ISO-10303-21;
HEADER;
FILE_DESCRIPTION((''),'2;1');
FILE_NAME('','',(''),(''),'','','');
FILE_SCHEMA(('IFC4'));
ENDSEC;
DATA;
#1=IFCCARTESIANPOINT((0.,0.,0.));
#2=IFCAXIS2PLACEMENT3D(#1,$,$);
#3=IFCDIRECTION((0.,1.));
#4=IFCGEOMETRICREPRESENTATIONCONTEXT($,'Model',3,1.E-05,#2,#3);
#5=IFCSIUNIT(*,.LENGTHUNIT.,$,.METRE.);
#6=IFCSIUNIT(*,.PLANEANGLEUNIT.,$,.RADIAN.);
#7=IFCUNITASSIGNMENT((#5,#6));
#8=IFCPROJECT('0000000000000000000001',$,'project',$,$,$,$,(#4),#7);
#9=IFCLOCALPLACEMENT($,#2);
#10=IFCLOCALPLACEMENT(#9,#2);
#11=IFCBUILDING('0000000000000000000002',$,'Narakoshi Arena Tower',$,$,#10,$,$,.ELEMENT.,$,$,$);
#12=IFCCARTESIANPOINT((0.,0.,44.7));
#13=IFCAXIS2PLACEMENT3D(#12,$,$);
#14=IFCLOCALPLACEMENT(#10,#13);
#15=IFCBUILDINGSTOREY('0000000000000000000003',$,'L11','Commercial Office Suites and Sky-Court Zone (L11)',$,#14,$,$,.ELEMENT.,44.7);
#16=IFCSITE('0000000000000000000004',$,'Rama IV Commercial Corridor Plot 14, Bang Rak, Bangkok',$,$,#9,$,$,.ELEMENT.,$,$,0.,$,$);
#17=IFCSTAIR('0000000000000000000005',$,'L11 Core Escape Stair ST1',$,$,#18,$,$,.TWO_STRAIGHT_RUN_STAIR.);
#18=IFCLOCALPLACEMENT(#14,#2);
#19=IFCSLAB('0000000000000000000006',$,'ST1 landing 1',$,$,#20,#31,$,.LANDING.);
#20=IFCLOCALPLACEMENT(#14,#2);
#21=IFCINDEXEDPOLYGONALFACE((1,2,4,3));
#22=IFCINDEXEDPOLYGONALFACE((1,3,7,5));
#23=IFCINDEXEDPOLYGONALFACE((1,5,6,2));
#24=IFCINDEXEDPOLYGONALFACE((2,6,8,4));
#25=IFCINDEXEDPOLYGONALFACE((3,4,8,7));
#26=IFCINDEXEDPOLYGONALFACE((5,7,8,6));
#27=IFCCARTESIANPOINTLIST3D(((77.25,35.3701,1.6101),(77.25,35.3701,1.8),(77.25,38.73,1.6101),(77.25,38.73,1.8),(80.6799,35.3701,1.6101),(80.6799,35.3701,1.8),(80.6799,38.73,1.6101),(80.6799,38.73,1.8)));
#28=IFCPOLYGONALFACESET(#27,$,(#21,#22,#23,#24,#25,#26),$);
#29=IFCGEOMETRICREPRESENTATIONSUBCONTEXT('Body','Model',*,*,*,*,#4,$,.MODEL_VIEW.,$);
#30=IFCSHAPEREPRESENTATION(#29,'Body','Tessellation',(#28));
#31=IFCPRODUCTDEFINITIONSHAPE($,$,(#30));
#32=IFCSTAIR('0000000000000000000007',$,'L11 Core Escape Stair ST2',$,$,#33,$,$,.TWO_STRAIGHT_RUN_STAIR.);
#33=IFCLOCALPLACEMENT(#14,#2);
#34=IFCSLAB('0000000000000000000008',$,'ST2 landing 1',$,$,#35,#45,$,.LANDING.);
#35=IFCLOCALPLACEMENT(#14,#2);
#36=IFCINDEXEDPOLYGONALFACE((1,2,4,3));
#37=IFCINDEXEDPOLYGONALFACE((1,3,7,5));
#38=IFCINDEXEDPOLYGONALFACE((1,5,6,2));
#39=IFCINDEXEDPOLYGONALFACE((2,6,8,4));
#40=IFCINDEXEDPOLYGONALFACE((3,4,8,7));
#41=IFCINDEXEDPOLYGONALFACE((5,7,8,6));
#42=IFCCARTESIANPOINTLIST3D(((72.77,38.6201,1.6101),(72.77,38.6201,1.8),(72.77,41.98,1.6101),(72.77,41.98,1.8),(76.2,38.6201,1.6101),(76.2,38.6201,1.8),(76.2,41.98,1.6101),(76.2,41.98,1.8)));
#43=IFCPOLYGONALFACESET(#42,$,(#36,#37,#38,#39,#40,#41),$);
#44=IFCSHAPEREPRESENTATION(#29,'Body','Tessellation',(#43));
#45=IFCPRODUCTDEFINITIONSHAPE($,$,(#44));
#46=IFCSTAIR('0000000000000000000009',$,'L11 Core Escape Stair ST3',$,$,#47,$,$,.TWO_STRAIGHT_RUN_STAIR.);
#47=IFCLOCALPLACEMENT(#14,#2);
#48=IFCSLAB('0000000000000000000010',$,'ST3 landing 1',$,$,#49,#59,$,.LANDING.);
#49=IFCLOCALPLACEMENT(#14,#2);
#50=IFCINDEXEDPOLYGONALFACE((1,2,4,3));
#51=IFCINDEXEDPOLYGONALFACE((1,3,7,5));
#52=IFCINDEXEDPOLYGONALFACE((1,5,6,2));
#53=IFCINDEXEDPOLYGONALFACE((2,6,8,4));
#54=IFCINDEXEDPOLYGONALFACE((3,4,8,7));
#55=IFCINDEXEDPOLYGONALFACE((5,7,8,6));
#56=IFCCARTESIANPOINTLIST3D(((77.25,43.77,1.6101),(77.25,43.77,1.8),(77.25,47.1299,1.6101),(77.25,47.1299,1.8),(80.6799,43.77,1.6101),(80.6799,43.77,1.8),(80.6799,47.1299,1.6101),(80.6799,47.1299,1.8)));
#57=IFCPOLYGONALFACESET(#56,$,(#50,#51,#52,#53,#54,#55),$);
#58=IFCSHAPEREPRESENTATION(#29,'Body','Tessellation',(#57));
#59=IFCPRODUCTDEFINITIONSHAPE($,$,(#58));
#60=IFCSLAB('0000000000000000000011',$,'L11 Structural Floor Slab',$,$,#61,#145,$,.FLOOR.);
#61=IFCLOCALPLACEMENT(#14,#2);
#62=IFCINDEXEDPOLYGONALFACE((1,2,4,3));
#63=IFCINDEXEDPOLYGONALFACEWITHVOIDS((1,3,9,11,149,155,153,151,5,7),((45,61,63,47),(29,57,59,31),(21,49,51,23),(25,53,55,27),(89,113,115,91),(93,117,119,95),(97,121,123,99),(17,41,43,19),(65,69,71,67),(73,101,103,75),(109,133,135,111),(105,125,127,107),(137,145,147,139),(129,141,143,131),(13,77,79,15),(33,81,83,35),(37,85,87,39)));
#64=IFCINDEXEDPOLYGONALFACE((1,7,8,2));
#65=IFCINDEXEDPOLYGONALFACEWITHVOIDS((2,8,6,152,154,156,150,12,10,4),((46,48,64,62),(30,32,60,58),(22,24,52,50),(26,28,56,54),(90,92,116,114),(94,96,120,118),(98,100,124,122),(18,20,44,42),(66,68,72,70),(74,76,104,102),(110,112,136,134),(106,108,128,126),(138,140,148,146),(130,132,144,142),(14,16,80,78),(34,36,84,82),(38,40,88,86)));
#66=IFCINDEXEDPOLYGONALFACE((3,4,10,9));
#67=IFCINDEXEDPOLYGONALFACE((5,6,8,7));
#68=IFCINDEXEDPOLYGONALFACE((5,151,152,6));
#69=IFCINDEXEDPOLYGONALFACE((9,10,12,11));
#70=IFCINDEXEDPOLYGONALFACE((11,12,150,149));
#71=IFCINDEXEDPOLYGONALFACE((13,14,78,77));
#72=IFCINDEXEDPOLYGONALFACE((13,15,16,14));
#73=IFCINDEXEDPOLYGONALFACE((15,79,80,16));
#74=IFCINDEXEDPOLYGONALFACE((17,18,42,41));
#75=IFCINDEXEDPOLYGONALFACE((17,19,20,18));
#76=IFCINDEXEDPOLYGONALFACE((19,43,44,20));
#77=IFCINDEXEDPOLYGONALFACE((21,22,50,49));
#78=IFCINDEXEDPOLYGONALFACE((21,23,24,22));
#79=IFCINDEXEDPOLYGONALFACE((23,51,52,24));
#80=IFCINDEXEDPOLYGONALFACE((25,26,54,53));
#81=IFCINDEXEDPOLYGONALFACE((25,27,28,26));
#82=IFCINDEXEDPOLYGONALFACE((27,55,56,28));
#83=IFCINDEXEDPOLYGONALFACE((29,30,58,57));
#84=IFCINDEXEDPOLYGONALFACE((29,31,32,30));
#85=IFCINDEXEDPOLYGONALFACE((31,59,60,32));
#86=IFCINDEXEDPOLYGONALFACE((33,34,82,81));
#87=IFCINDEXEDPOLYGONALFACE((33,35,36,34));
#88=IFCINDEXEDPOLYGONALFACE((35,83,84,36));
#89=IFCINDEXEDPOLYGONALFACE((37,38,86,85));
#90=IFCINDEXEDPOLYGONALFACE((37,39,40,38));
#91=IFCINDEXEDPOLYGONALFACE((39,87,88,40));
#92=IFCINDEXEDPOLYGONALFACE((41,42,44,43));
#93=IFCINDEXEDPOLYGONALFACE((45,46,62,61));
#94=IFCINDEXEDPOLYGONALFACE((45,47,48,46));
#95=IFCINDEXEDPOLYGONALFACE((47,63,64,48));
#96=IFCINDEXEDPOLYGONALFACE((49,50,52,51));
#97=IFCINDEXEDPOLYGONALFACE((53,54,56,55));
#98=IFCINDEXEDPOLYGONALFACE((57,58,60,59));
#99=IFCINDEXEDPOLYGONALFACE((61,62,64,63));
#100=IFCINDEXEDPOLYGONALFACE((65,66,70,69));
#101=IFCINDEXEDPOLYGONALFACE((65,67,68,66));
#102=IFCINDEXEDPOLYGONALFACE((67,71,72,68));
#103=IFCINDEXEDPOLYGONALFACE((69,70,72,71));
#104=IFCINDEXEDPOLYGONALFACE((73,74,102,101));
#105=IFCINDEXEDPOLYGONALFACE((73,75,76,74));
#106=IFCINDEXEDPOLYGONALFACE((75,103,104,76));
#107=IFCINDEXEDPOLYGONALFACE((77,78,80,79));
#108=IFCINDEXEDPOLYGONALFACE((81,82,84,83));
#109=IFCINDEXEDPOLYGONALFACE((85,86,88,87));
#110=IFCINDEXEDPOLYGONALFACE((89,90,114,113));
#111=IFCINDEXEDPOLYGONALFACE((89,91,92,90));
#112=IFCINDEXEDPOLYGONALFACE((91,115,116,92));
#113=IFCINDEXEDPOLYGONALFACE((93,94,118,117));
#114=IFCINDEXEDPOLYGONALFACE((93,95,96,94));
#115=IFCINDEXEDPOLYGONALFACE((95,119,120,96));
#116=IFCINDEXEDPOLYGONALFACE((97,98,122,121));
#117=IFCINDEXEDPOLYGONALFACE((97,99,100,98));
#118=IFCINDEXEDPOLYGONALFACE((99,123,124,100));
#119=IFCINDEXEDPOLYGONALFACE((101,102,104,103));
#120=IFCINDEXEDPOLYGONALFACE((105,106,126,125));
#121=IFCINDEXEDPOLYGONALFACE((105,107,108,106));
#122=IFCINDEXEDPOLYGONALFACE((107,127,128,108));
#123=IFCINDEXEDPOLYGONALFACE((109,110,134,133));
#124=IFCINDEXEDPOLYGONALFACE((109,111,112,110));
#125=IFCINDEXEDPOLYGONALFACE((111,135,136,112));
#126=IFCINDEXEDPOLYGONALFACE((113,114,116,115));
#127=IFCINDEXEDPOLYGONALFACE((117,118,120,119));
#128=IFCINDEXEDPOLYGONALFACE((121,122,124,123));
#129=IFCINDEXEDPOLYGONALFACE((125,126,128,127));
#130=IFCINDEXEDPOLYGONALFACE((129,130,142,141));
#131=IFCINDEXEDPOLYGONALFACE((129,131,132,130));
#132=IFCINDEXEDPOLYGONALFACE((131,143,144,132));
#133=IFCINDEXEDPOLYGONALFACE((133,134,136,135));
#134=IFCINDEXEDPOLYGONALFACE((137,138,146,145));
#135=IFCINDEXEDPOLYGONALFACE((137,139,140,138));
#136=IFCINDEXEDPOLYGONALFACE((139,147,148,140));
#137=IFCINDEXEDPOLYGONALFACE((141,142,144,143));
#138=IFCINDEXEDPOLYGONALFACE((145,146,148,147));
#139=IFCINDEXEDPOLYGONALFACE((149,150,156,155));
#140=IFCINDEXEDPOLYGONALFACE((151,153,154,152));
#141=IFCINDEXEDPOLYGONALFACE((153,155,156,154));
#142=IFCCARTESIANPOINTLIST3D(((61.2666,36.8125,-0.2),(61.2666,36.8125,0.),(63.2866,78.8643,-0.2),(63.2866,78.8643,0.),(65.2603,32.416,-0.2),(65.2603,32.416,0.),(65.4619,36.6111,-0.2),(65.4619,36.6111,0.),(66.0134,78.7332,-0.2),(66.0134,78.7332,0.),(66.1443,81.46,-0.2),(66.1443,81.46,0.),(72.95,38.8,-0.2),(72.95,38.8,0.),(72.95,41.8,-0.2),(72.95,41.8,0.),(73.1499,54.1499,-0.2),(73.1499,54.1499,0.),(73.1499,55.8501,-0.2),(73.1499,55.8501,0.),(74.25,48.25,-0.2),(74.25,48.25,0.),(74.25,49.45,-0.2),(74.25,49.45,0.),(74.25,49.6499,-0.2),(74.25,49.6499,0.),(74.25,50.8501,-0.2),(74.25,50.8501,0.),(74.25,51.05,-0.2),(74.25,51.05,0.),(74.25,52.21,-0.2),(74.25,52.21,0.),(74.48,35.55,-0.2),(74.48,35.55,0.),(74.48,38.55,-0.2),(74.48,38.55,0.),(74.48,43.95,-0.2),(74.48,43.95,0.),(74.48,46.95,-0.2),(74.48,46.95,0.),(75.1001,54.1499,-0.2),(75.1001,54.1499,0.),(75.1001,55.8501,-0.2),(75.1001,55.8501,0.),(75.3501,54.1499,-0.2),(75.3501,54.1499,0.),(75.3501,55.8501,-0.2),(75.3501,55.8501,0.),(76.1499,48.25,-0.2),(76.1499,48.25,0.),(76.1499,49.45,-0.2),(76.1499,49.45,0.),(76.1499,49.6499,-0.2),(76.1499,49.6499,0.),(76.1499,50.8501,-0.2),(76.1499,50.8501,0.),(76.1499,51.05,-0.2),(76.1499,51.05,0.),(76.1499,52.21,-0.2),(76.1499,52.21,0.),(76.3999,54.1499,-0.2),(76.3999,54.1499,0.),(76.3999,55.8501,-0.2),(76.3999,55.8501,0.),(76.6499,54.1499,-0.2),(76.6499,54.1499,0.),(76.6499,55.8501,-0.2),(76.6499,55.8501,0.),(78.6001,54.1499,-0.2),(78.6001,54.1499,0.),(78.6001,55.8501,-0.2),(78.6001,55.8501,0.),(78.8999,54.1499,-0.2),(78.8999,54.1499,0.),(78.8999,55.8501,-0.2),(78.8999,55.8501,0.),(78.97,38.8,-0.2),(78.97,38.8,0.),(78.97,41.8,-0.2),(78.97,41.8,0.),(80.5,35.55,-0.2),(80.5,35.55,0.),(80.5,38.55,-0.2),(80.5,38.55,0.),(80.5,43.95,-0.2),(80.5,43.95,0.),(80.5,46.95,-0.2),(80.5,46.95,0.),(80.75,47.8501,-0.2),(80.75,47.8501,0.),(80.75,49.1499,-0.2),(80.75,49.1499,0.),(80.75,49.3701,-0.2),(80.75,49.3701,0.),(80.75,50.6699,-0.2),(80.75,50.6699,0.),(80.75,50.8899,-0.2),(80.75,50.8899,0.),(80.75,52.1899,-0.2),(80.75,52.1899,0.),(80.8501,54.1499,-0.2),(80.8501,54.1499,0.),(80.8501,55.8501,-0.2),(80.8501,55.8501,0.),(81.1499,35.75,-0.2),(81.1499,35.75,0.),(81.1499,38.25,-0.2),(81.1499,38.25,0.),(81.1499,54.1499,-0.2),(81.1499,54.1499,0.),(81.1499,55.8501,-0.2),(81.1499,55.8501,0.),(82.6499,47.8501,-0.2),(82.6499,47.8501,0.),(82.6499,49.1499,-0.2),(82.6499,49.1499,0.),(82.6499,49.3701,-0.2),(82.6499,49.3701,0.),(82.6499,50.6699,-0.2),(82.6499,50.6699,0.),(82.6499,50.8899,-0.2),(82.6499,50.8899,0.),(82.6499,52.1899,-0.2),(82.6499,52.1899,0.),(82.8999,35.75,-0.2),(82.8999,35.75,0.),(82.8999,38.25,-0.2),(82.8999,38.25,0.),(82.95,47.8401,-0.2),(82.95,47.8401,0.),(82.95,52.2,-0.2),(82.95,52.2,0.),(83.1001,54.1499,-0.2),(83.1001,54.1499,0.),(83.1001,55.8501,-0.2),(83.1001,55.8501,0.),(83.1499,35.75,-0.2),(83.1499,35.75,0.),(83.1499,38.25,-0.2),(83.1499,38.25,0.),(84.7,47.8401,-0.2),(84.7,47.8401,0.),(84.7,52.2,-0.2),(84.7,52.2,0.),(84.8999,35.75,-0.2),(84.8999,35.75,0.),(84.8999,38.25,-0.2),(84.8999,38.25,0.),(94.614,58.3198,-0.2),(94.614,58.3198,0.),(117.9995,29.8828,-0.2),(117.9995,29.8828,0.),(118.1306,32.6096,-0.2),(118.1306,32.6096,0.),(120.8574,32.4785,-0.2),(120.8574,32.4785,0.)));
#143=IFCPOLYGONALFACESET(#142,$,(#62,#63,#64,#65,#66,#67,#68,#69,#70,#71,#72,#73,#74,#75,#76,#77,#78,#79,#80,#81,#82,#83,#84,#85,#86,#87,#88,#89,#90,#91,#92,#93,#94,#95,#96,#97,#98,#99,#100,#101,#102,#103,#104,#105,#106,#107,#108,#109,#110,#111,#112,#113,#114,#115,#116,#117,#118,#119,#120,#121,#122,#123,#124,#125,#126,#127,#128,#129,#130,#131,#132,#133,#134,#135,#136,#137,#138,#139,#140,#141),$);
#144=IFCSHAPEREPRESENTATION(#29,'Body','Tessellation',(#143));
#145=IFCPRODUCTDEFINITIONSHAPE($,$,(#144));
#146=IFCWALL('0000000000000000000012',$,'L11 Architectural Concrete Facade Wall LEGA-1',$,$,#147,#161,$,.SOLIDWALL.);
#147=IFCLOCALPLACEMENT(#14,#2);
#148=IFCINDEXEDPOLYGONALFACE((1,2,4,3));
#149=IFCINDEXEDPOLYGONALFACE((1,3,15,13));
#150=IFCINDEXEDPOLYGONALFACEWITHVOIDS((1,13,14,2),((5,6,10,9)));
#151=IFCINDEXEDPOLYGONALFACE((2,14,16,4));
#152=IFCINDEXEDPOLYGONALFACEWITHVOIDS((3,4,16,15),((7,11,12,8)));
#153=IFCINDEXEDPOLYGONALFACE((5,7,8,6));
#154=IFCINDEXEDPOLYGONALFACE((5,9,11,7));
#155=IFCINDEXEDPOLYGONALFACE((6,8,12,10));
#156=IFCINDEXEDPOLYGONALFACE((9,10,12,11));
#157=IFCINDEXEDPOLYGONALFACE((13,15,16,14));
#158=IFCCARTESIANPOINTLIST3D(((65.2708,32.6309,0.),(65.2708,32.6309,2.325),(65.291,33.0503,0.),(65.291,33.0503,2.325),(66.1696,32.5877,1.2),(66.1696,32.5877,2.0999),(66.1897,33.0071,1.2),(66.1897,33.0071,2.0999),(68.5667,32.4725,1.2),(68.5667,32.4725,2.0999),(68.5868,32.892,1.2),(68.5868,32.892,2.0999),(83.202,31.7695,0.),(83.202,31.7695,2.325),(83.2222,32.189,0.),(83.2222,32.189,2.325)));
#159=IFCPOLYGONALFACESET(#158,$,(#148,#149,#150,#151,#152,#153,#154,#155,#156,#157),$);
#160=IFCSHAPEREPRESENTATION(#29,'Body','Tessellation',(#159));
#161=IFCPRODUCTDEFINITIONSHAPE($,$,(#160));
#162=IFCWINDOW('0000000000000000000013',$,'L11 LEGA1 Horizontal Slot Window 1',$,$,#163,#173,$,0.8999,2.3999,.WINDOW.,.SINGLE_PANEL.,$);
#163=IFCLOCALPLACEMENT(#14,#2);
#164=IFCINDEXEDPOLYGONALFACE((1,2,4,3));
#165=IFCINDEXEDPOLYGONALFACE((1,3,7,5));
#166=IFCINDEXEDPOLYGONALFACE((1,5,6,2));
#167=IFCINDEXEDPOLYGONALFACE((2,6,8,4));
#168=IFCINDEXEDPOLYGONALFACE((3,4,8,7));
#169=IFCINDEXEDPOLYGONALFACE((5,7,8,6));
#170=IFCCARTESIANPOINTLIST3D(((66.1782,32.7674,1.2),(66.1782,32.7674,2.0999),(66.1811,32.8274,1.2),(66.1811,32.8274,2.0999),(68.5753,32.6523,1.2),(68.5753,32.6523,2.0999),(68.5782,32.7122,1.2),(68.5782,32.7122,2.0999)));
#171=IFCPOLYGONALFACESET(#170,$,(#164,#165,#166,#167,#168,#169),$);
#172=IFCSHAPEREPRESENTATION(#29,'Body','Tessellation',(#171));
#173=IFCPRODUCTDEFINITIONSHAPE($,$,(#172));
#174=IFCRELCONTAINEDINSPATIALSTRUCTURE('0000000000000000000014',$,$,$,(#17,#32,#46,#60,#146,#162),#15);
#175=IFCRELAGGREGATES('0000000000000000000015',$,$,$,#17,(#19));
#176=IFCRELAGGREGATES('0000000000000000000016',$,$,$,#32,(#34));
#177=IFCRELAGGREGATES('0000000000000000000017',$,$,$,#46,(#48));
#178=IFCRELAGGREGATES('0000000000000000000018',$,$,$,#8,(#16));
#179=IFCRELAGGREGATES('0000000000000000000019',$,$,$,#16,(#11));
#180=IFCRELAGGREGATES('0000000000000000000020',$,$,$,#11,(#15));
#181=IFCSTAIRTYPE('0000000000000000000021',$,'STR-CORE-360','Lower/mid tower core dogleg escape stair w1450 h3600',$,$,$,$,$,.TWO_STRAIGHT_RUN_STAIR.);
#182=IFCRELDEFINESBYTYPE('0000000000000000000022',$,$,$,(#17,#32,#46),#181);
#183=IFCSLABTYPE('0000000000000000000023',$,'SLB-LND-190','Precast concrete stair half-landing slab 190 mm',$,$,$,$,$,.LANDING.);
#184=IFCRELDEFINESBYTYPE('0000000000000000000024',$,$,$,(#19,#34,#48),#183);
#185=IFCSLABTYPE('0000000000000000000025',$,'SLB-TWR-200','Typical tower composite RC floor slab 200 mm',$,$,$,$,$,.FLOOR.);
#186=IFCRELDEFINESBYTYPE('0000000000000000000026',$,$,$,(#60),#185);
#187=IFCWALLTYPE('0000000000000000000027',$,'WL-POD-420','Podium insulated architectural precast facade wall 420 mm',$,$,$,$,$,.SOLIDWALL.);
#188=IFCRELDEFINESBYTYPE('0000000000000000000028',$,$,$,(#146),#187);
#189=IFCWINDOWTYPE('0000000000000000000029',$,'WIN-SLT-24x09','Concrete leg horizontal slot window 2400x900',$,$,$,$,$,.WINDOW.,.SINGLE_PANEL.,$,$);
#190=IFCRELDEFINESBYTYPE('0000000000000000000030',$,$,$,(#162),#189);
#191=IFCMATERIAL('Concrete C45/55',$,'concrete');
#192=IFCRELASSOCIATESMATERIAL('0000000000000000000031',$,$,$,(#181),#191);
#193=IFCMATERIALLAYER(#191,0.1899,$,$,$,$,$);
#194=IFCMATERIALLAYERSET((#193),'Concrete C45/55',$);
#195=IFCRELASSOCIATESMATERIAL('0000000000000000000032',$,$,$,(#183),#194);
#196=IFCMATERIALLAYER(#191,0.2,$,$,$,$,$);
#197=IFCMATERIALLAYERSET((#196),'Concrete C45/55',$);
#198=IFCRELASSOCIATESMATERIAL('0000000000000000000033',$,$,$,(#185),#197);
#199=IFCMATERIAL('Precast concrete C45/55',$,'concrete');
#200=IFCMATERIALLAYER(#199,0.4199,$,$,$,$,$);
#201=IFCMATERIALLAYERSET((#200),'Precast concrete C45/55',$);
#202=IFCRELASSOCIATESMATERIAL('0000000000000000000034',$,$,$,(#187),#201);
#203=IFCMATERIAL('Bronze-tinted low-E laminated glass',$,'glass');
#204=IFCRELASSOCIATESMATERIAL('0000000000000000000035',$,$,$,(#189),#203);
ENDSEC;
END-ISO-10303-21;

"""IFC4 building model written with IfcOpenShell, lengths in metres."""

from ifc_helpers import new_model, si_unit, direction, frame, frame_2d, origin, place, context, subcontext, project, spatial, polyline, rectangle, outline, extrude, material, layer, layer_set, type_object, element, fill, aggregate, save


model = new_model("IFC4")

# Units and contexts
model_context = context("Model", 3, precision=1e-05, world=origin(), true_north=direction((0.0, 1.0)))
body_context = subcontext(model_context, "Body", "Model", "MODEL_VIEW")
ifc_project = project(units=[si_unit("LENGTHUNIT", "METRE"), si_unit("PLANEANGLEUNIT", "RADIAN")], contexts=[model_context])

# Site, building, storey
site_placement = place(None, origin())
site = spatial("IfcSite", under=ifc_project, at=site_placement, Name="Rama IV Commercial Corridor Plot 14, Bang Rak, Bangkok", CompositionType="ELEMENT", RefElevation=0.0)
building_placement = place(site_placement, origin())
building = spatial("IfcBuilding", under=site, at=building_placement, Name="Narakoshi Arena Tower", CompositionType="ELEMENT")
storey_placement = place(building_placement, frame((0.0, 0.0, 44.7)))
storey = spatial("IfcBuildingStorey", under=building, at=storey_placement, Name="L11", Description="Commercial Office Suites and Sky-Court Zone (L11)", CompositionType="ELEMENT", Elevation=44.7)

# Stairs, slabs
ifc_material_1 = material(Name="Concrete C45/55", Category="concrete")
stair_type = type_object("IfcStairType", Name="STR-CORE-360", Description="Lower/mid tower core dogleg escape stair w1450 h3600", PredefinedType="TWO_STRAIGHT_RUN_STAIR", material=ifc_material_1)
stair_1_placement = place(storey_placement, origin())
stair_1 = element("IfcStair", 1, at=stair_1_placement, inside=storey, type_object=stair_type, Name="L11 Core Escape Stair ST1", PredefinedType="TWO_STRAIGHT_RUN_STAIR")
ifc_layer_1 = layer(ifc_material_1, 0.1899)
ifc_layer_set_1 = layer_set([ifc_layer_1], Name="Concrete C45/55")
slab_type_1 = type_object("IfcSlabType", Name="SLB-LND-190", Description="Precast concrete stair half-landing slab 190 mm", PredefinedType="LANDING", material=ifc_layer_set_1)
slab_1_placement = place(storey_placement, frame((0.0, 0.0, 1.6101)))
slab_1 = element("IfcSlab", 2, at=slab_1_placement, type_object=slab_type_1, Name="ST1 landing 1", PredefinedType="LANDING", context=body_context, shape_type="SweptSolid", body=[
    extrude(outline(polyline([(77.25, 35.3701), (80.6799, 35.3701), (80.6799, 38.73), (77.25, 38.73), (77.25, 35.3701)])), origin(), (0.0, 0.0, 1.0), 0.1899),
])
aggregate(stair_1, [slab_1])
stair_2_placement = place(storey_placement, origin())
stair_2 = element("IfcStair", 3, at=stair_2_placement, inside=storey, type_object=stair_type, Name="L11 Core Escape Stair ST2", PredefinedType="TWO_STRAIGHT_RUN_STAIR")
slab_2_placement = place(storey_placement, frame((0.0, 0.0, 1.6101)))
slab_2 = element("IfcSlab", 4, at=slab_2_placement, type_object=slab_type_1, Name="ST2 landing 1", PredefinedType="LANDING", context=body_context, shape_type="SweptSolid", body=[
    extrude(outline(polyline([(72.77, 38.6201), (76.2, 38.6201), (76.2, 41.98), (72.77, 41.98), (72.77, 38.6201)])), origin(), (0.0, 0.0, 1.0), 0.1899),
])
aggregate(stair_2, [slab_2])
stair_3_placement = place(storey_placement, origin())
stair_3 = element("IfcStair", 5, at=stair_3_placement, inside=storey, type_object=stair_type, Name="L11 Core Escape Stair ST3", PredefinedType="TWO_STRAIGHT_RUN_STAIR")
slab_3_placement = place(storey_placement, frame((0.0, 0.0, 1.6101)))
slab_3 = element("IfcSlab", 6, at=slab_3_placement, type_object=slab_type_1, Name="ST3 landing 1", PredefinedType="LANDING", context=body_context, shape_type="SweptSolid", body=[
    extrude(outline(polyline([(77.25, 43.77), (80.6799, 43.77), (80.6799, 47.1299), (77.25, 47.1299), (77.25, 43.77)])), origin(), (0.0, 0.0, 1.0), 0.1899),
])
aggregate(stair_3, [slab_3])

# Slab
ifc_layer_2 = layer(ifc_material_1, 0.2)
ifc_layer_set_2 = layer_set([ifc_layer_2], Name="Concrete C45/55")
slab_type_2 = type_object("IfcSlabType", Name="SLB-TWR-200", Description="Typical tower composite RC floor slab 200 mm", PredefinedType="FLOOR", material=ifc_layer_set_2)
slab_4_placement = place(storey_placement, frame((0.0, 0.0, -0.2)))
element("IfcSlab", 7, at=slab_4_placement, inside=storey, type_object=slab_type_2, Name="L11 Structural Floor Slab", PredefinedType="FLOOR", context=body_context, shape_type="SweptSolid", body=[
    extrude(outline(polyline([(65.2603, 32.416), (117.9995, 29.8828), (118.1306, 32.6096), (120.8574, 32.4785), (94.614, 58.3198), (66.1443, 81.46), (66.0134, 78.7332), (63.2866, 78.8643), (61.2666, 36.8125), (65.4619, 36.6111), (65.2603, 32.416)]), holes=[polyline([(74.48, 35.55), (74.48, 38.55), (80.5, 38.55), (80.5, 35.55), (74.48, 35.55)]), polyline([(81.1499, 35.75), (81.1499, 38.25), (82.8999, 38.25), (82.8999, 35.75), (81.1499, 35.75)]), polyline([(83.1499, 35.75), (83.1499, 38.25), (84.8999, 38.25), (84.8999, 35.75), (83.1499, 35.75)]), polyline([(72.95, 38.8), (72.95, 41.8), (78.97, 41.8), (78.97, 38.8), (72.95, 38.8)]), polyline([(74.48, 43.95), (74.48, 46.95), (80.5, 46.95), (80.5, 43.95), (74.48, 43.95)]), polyline([(82.95, 47.8401), (82.95, 52.2), (84.7, 52.2), (84.7, 47.8401), (82.95, 47.8401)]), polyline([(80.75, 47.8501), (80.75, 49.1499), (82.6499, 49.1499), (82.6499, 47.8501), (80.75, 47.8501)]), polyline([(74.25, 48.25), (74.25, 49.45), (76.1499, 49.45), (76.1499, 48.25), (74.25, 48.25)]), polyline([(80.75, 49.3701), (80.75, 50.6699), (82.6499, 50.6699), (82.6499, 49.3701), (80.75, 49.3701)]), polyline([(74.25, 49.6499), (74.25, 50.8501), (76.1499, 50.8501), (76.1499, 49.6499), (74.25, 49.6499)]), polyline([(80.75, 50.8899), (80.75, 52.1899), (82.6499, 52.1899), (82.6499, 50.8899), (80.75, 50.8899)]), polyline([(74.25, 51.05), (74.25, 52.21), (76.1499, 52.21), (76.1499, 51.05), (74.25, 51.05)]), polyline([(73.1499, 54.1499), (73.1499, 55.8501), (75.1001, 55.8501), (75.1001, 54.1499), (73.1499, 54.1499)]), polyline([(75.3501, 54.1499), (75.3501, 55.8501), (76.3999, 55.8501), (76.3999, 54.1499), (75.3501, 54.1499)]), polyline([(76.6499, 54.1499), (76.6499, 55.8501), (78.6001, 55.8501), (78.6001, 54.1499), (76.6499, 54.1499)]), polyline([(78.8999, 55.8501), (80.8501, 55.8501), (80.8501, 54.1499), (78.8999, 54.1499), (78.8999, 55.8501)]), polyline([(81.1499, 55.8501), (83.1001, 55.8501), (83.1001, 54.1499), (81.1499, 54.1499), (81.1499, 55.8501)])]), origin(), (0.0, 0.0, 1.0), 0.2),
])

# Wall, opening, window
ifc_material_2 = material(Name="Precast concrete C45/55", Category="concrete")
ifc_layer_3 = layer(ifc_material_2, 0.4199)
ifc_layer_set_3 = layer_set([ifc_layer_3], Name="Precast concrete C45/55")
wall_type_1 = type_object("IfcWallType", Name="WL-POD-420", Description="Podium insulated architectural precast facade wall 420 mm", PredefinedType="SOLIDWALL", material=ifc_layer_set_3)
wall_1_placement = place(storey_placement, frame((65.2808, 32.8406, 0.0), z_axis=(0.0, 0.0, 1.0), x_axis=(0.998848, -0.04798, 0.0)))
wall_1 = element("IfcWall", 8, at=wall_1_placement, inside=storey, type_object=wall_type_1, Name="L11 Architectural Concrete Facade Wall LEGA-1", PredefinedType="SOLIDWALL", context=body_context, shape_type="SweptSolid", body=[
    extrude(rectangle(XDim=17.9519, YDim=0.4199, at=frame_2d((8.9761, 0.0))), origin(), (0.0, 0.0, 1.0), 2.325),
])
opening_1_placement = place(wall_1_placement, frame((0.8999, 0.0, 1.2)))
opening_1 = element("IfcOpeningElement", 9, at=opening_1_placement, cuts=wall_1, PredefinedType="OPENING", context=body_context, shape_type="SweptSolid", body=[
    extrude(rectangle(XDim=2.3999, YDim=0.8999, at=frame_2d((1.2, 0.45))), frame((0.0, 0.22, 0.0), z_axis=(0.0, -1.0, 0.0), x_axis=(1.0, 0.0, 0.0)), (0.0, 0.0, 1.0), 0.4399),
])
ifc_material_3 = material(Name="Bronze-tinted low-E laminated glass", Category="glass")
window_type_1 = type_object("IfcWindowType", Name="WIN-SLT-24x09", Description="Concrete leg horizontal slot window 2400x900", PartitioningType="SINGLE_PANEL", PredefinedType="WINDOW", material=ifc_material_3)
window_1_placement = place(opening_1_placement, origin())
window_1 = element("IfcWindow", 10, at=window_1_placement, inside=storey, type_object=window_type_1, Name="L11 LEGA1 Horizontal Slot Window 1", OverallHeight=0.8999, OverallWidth=2.3999, PartitioningType="SINGLE_PANEL", PredefinedType="WINDOW", context=body_context, shape_type="SweptSolid", body=[
    extrude(rectangle(XDim=2.3999, YDim=0.8999, at=frame_2d((1.2, 0.45))), frame((0.0, 0.03, 0.0), z_axis=(0.0, -1.0, 0.0), x_axis=(1.0, 0.0, 0.0)), (0.0, 0.0, 1.0), 0.0601),
])
fill(opening_1, window_1)

save(model, "model.ifc")
